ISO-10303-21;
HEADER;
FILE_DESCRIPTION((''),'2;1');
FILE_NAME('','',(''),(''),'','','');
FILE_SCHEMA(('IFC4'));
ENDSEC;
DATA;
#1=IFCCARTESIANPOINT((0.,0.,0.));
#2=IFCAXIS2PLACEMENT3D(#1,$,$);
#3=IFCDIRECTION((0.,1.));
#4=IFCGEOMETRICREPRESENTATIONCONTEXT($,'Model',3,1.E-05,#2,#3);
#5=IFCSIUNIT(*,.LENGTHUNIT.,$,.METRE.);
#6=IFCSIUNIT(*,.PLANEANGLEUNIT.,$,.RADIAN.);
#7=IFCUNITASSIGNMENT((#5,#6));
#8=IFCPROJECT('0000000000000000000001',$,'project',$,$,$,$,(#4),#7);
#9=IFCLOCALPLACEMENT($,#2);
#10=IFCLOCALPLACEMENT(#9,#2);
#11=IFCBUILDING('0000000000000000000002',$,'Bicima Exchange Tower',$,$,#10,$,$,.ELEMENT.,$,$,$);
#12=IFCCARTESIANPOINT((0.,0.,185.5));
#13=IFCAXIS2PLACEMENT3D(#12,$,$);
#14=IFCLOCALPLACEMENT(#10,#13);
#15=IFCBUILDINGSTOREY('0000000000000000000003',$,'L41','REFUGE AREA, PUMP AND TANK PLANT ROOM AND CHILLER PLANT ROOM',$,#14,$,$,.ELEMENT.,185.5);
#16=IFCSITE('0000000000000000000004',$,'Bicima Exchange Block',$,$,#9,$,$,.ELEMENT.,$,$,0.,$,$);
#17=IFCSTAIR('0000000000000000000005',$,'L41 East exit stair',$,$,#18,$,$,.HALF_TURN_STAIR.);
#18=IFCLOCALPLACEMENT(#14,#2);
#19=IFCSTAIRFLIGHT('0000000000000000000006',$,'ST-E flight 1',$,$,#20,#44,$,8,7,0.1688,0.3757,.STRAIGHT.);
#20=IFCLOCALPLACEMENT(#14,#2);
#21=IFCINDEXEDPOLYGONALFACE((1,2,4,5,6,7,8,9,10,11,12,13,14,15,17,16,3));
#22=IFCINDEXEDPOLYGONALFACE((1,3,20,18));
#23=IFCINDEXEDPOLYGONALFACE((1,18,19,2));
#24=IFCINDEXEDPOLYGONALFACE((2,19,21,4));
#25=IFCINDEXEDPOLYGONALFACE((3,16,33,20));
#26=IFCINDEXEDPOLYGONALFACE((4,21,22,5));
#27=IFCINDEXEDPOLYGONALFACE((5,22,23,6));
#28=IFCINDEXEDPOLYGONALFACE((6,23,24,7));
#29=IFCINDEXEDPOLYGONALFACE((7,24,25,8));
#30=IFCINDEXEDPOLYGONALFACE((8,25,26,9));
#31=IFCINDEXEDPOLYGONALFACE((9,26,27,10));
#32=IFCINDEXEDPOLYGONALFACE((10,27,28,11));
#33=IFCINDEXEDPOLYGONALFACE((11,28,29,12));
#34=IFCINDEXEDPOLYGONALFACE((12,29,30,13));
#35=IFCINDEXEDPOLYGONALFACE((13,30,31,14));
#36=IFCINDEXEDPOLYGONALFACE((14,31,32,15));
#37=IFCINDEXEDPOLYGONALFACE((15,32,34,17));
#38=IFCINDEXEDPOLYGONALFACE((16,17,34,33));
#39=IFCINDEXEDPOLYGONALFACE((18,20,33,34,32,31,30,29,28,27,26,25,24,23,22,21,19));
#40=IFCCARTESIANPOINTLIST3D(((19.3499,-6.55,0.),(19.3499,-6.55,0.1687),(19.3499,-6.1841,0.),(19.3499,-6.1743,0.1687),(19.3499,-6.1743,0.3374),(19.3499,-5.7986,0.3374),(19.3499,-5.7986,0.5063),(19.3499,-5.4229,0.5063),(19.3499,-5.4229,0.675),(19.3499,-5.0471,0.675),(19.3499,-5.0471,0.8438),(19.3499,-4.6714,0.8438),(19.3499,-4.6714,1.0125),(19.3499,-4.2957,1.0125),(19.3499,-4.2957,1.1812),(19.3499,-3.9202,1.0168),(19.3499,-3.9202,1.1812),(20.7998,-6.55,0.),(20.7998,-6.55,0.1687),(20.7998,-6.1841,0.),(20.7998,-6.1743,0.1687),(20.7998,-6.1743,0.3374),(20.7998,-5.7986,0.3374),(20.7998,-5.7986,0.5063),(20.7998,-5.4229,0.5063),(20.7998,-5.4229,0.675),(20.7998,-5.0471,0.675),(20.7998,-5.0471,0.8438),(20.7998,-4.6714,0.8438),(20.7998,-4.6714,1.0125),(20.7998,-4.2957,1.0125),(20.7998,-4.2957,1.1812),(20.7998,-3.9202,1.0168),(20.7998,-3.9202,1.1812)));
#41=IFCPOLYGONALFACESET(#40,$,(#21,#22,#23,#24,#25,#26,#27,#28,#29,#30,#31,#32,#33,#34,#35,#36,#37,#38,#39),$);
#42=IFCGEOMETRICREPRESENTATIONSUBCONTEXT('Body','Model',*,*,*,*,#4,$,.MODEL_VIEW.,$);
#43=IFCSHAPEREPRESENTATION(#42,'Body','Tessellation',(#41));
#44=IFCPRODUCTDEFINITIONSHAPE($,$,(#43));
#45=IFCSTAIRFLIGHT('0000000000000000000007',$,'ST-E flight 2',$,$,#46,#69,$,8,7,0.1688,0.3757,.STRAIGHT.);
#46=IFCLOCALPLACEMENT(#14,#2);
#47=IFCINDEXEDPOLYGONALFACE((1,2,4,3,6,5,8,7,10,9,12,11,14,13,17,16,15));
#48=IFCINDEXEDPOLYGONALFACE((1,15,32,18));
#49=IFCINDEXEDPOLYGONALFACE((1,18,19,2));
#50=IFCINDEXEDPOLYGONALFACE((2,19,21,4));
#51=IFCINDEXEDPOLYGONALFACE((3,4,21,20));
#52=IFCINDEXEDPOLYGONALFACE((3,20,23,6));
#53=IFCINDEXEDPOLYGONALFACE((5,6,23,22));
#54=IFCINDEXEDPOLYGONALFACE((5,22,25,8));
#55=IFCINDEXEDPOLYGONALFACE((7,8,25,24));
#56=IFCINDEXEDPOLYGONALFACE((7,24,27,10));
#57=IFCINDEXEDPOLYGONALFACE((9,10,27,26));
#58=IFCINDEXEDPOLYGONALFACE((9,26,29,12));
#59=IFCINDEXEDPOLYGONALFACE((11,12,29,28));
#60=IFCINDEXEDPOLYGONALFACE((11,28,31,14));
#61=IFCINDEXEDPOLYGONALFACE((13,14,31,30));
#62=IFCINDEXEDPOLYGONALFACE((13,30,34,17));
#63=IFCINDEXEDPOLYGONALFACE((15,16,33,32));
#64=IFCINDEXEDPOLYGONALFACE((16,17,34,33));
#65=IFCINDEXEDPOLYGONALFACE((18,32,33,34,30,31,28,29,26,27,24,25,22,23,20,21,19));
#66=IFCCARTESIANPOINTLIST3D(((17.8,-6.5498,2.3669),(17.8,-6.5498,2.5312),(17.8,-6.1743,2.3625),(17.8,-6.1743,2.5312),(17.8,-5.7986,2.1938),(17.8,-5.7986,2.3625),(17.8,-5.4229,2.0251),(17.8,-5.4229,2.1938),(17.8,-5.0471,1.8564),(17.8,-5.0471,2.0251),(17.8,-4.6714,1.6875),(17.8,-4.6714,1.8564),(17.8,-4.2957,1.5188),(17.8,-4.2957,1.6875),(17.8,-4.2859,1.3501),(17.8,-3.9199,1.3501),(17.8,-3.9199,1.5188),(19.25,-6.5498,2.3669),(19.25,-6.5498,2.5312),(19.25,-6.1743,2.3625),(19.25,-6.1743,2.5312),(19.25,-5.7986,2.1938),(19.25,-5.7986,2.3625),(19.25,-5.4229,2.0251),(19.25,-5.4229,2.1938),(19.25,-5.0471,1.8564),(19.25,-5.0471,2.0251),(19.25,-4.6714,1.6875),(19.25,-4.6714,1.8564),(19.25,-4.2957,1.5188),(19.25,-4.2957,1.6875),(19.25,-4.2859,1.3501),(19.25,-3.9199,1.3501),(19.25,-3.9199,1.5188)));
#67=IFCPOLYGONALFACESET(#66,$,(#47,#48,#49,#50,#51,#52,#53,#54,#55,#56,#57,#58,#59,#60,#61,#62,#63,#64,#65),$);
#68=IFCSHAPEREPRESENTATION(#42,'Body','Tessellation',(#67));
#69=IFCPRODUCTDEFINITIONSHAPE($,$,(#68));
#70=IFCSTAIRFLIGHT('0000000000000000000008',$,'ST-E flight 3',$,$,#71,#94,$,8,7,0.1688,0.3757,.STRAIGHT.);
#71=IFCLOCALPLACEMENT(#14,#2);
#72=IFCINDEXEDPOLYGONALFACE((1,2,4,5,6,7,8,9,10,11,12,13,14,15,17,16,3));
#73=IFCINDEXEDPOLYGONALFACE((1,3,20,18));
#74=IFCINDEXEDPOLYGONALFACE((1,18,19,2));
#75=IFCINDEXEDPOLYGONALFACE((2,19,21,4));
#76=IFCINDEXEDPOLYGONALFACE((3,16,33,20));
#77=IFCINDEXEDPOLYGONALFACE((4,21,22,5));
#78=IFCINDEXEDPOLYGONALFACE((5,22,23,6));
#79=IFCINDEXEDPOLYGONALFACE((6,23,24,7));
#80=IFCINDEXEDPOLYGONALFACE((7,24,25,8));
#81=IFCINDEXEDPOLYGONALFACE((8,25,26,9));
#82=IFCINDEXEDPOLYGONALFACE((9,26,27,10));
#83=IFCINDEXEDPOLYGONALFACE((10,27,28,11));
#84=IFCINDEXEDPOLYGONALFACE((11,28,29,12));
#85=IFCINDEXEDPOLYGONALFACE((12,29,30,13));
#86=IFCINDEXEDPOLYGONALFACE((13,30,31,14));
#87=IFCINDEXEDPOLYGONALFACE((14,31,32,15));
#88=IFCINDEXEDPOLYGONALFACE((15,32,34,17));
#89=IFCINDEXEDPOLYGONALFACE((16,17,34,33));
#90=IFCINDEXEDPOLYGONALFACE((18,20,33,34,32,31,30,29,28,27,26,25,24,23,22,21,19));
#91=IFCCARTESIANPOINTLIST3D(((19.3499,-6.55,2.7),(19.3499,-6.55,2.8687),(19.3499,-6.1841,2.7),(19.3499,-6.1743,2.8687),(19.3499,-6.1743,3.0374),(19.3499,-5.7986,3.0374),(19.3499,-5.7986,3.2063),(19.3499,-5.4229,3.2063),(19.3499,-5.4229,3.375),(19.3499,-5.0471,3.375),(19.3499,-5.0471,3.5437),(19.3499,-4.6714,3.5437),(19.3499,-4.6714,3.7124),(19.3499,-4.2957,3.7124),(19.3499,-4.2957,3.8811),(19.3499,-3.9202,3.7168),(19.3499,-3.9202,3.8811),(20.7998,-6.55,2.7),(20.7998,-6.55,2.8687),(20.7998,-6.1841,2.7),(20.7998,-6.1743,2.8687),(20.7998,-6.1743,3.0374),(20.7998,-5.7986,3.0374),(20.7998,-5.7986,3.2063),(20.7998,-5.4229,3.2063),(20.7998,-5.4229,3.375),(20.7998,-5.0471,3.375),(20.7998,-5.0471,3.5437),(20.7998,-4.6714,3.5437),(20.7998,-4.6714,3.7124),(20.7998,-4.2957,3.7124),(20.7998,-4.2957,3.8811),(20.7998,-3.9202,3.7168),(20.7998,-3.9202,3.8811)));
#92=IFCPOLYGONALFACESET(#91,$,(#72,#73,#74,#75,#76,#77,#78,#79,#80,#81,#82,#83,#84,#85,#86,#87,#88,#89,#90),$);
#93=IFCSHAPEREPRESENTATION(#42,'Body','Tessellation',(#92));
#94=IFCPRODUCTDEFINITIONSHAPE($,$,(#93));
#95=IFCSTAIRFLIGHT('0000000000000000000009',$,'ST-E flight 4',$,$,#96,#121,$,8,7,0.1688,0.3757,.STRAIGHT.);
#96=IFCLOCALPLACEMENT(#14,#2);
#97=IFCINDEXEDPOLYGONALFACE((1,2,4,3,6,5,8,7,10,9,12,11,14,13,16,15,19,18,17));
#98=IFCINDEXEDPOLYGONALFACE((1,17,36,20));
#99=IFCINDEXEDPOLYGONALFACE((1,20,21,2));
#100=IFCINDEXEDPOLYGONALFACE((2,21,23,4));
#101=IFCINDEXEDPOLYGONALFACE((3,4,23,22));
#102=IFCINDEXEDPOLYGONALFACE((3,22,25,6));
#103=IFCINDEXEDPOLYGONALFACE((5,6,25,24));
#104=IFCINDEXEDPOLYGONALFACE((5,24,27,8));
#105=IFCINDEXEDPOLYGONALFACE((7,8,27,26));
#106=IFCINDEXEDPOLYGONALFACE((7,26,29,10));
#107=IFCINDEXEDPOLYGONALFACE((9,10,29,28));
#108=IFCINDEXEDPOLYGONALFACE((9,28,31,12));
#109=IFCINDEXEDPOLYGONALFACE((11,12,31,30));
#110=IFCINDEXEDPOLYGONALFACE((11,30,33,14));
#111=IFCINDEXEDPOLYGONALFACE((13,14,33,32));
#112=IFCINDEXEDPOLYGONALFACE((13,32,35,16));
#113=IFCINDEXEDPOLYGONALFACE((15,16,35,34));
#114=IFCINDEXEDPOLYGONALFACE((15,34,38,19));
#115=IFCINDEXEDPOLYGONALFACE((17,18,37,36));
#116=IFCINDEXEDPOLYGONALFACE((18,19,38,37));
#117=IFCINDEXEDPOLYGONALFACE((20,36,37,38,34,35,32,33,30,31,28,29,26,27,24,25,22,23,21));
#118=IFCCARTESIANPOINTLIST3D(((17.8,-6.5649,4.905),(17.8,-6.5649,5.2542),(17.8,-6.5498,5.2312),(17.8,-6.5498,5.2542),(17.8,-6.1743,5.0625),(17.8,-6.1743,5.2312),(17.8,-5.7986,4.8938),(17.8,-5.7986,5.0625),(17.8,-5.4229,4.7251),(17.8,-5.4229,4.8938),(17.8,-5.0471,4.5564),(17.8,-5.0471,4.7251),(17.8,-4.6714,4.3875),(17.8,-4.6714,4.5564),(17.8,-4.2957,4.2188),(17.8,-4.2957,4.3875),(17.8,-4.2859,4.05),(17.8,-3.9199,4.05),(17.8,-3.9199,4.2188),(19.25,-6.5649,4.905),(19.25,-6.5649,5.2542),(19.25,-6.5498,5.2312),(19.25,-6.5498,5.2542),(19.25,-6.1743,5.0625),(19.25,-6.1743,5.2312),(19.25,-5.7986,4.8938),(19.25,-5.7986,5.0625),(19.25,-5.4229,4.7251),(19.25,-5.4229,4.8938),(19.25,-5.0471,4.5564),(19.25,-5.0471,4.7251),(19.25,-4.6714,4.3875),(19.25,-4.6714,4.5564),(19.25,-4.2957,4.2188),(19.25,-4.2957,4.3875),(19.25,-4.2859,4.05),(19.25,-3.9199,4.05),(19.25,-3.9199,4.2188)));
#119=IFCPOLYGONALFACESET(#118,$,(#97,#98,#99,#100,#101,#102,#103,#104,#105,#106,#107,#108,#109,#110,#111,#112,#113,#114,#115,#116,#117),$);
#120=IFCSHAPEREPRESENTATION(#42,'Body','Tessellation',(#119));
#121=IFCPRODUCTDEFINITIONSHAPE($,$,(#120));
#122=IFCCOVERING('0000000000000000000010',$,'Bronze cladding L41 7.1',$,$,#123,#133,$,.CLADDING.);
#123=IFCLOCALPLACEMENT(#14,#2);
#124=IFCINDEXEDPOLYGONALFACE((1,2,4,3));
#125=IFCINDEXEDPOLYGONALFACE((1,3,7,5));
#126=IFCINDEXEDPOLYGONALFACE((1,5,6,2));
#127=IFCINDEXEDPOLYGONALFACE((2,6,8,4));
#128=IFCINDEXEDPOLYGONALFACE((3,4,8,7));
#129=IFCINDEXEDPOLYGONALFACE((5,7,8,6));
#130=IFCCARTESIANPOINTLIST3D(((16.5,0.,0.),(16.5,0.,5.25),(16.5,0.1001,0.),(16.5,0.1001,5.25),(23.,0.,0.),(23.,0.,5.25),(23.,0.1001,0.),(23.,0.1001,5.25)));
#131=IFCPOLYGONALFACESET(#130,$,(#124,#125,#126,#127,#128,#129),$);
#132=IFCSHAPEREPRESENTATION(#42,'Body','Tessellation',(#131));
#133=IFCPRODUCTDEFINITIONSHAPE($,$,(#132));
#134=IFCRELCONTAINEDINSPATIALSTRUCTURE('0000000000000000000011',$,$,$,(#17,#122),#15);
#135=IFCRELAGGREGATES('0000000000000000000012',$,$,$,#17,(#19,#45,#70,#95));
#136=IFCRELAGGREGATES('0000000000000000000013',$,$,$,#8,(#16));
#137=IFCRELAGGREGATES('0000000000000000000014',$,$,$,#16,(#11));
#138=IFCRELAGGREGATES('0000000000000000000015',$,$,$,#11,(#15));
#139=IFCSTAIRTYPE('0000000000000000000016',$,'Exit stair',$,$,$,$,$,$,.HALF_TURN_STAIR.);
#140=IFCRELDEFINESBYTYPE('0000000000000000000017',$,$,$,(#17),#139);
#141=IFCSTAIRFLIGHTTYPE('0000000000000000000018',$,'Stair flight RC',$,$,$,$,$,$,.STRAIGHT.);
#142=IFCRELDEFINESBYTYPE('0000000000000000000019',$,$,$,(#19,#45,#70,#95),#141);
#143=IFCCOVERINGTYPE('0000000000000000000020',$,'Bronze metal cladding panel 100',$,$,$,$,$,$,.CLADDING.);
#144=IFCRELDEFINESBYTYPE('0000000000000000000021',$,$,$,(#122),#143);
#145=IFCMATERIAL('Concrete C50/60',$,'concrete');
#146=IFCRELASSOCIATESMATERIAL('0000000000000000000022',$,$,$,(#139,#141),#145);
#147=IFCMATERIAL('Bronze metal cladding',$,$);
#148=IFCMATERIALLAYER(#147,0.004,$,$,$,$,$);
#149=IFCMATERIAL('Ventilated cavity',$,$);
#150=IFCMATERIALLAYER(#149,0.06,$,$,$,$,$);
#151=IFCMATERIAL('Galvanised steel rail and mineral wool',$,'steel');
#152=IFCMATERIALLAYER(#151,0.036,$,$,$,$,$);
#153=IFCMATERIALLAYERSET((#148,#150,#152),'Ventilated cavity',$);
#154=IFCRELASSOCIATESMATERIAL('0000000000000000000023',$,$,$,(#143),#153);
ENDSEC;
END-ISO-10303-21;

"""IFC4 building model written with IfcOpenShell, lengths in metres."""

from ifc_helpers import new_model, si_unit, direction, frame, origin, origin_2d, place, context, subcontext, project, spatial, polyline, rectangle, outline, extrude, material, layer, layer_set, type_object, element, aggregate, save


model = new_model("IFC4")

# Units and contexts
model_context = context("Model", 3, precision=1e-05, world=origin(), true_north=direction((0.0, 1.0)))
body_context = subcontext(model_context, "Body", "Model", "MODEL_VIEW")
ifc_project = project(units=[si_unit("LENGTHUNIT", "METRE"), si_unit("PLANEANGLEUNIT", "RADIAN")], contexts=[model_context])

# Site, building, storey
site_placement = place(None, origin())
site = spatial("IfcSite", under=ifc_project, at=site_placement, Name="Bicima Exchange Block", CompositionType="ELEMENT", RefElevation=0.0)
building_placement = place(site_placement, origin())
building = spatial("IfcBuilding", under=site, at=building_placement, Name="Bicima Exchange Tower", CompositionType="ELEMENT")
storey_placement = place(building_placement, frame((0.0, 0.0, 185.5)))
storey = spatial("IfcBuildingStorey", under=building, at=storey_placement, Name="L41", Description="REFUGE AREA, PUMP AND TANK PLANT ROOM AND CHILLER PLANT ROOM", CompositionType="ELEMENT", Elevation=185.5)

# Shared definitions
ifc_material_1 = material(Name="Concrete C50/60", Category="concrete")

# Stair, stair flights
stair_type = type_object("IfcStairType", Name="Exit stair", PredefinedType="HALF_TURN_STAIR", material=ifc_material_1)
stair_placement = place(storey_placement, origin())
stair = element("IfcStair", 1, at=stair_placement, inside=storey, type_object=stair_type, Name="L41 East exit stair", PredefinedType="HALF_TURN_STAIR")
stair_flight_type = type_object("IfcStairFlightType", Name="Stair flight RC", PredefinedType="STRAIGHT", material=ifc_material_1)
stair_flight_1_placement = place(storey_placement, frame((20.075, -6.55, 0.0), z_axis=(0.0, 0.0, 1.0), x_axis=(0.0, 1.0, 0.0)))
stair_flight_1 = element("IfcStairFlight", 2, at=stair_flight_1_placement, type_object=stair_flight_type, Name="ST-E flight 1", NumberOfRisers=8, NumberOfTreads=7, PredefinedType="STRAIGHT", RiserHeight=0.1688, TreadLength=0.3757, context=body_context, shape_type="SweptSolid", body=[
    extrude(outline(polyline([(0.0, 0.0), (0.0, 0.1687), (0.3757, 0.1687), (0.3757, 0.3374), (0.7515, 0.3374), (0.7515, 0.5063), (1.1272, 0.5063), (1.1272, 0.675), (1.5029, 0.675), (1.5029, 0.8438), (1.8787, 0.8438), (1.8787, 1.0125), (2.2544, 1.0125), (2.2544, 1.1812), (2.6299, 1.1812), (2.6299, 1.3501), (2.6299, 1.0168), (0.366, 0.0), (0.0, 0.0)])), frame((0.0, 0.7251, 0.0), z_axis=(0.0, -1.0, 0.0), x_axis=(1.0, 0.0, 0.0)), (0.0, 0.0, 1.0), 1.45),
])
stair_flight_2_placement = place(storey_placement, frame((18.5249, -3.9199, 1.3501), z_axis=(0.0, 0.0, 1.0), x_axis=(0.0, -1.0, 0.0)))
stair_flight_2 = element("IfcStairFlight", 3, at=stair_flight_2_placement, type_object=stair_flight_type, Name="ST-E flight 2", NumberOfRisers=8, NumberOfTreads=7, PredefinedType="STRAIGHT", RiserHeight=0.1688, TreadLength=0.3757, context=body_context, shape_type="SweptSolid", body=[
    extrude(outline(polyline([(0.0, 0.0), (0.0, 0.1687), (0.3757, 0.1687), (0.3757, 0.3374), (0.7515, 0.3374), (0.7515, 0.5063), (1.1272, 0.5063), (1.1272, 0.675), (1.5029, 0.675), (1.5029, 0.8438), (1.8787, 0.8438), (1.8787, 1.0125), (2.2544, 1.0125), (2.2544, 1.1812), (2.6299, 1.1812), (2.6299, 1.3501), (2.6299, 1.0168), (0.366, 0.0), (0.0, 0.0)])), frame((0.0, 0.7251, 0.0), z_axis=(0.0, -1.0, 0.0), x_axis=(1.0, 0.0, 0.0)), (0.0, 0.0, 1.0), 1.45),
])
stair_flight_3_placement = place(storey_placement, frame((20.075, -6.55, 2.7), z_axis=(0.0, 0.0, 1.0), x_axis=(0.0, 1.0, 0.0)))
stair_flight_3 = element("IfcStairFlight", 4, at=stair_flight_3_placement, type_object=stair_flight_type, Name="ST-E flight 3", NumberOfRisers=8, NumberOfTreads=7, PredefinedType="STRAIGHT", RiserHeight=0.1688, TreadLength=0.3757, context=body_context, shape_type="SweptSolid", body=[
    extrude(outline(polyline([(0.0, 0.0), (0.0, 0.1687), (0.3757, 0.1687), (0.3757, 0.3374), (0.7515, 0.3374), (0.7515, 0.5063), (1.1272, 0.5063), (1.1272, 0.675), (1.5029, 0.675), (1.5029, 0.8438), (1.8787, 0.8438), (1.8787, 1.0125), (2.2544, 1.0125), (2.2544, 1.1812), (2.6299, 1.1812), (2.6299, 1.3501), (2.6299, 1.0168), (0.366, 0.0), (0.0, 0.0)])), frame((0.0, 0.7251, 0.0), z_axis=(0.0, -1.0, 0.0), x_axis=(1.0, 0.0, 0.0)), (0.0, 0.0, 1.0), 1.45),
])
stair_flight_4_placement = place(storey_placement, frame((18.5249, -3.9199, 4.05), z_axis=(0.0, 0.0, 1.0), x_axis=(0.0, -1.0, 0.0)))
stair_flight_4 = element("IfcStairFlight", 5, at=stair_flight_4_placement, type_object=stair_flight_type, Name="ST-E flight 4", NumberOfRisers=8, NumberOfTreads=7, PredefinedType="STRAIGHT", RiserHeight=0.1688, TreadLength=0.3757, context=body_context, shape_type="SweptSolid", body=[
    extrude(outline(polyline([(0.0, 0.0), (0.0, 0.1687), (0.3757, 0.1687), (0.3757, 0.3374), (0.7515, 0.3374), (0.7515, 0.5063), (1.1272, 0.5063), (1.1272, 0.675), (1.5029, 0.675), (1.5029, 0.8438), (1.8787, 0.8438), (1.8787, 1.0125), (2.2544, 1.0125), (2.2544, 1.1812), (2.6299, 1.1812), (2.6299, 1.2041), (2.645, 1.2041), (2.645, 0.855), (0.366, 0.0), (0.0, 0.0)])), frame((0.0, 0.7251, 0.0), z_axis=(0.0, -1.0, 0.0), x_axis=(1.0, 0.0, 0.0)), (0.0, 0.0, 1.0), 1.45),
])
aggregate(stair, [stair_flight_1, stair_flight_2, stair_flight_3, stair_flight_4])

# Covering
ifc_material_2 = material(Name="Bronze metal cladding")
ifc_layer_1 = layer(ifc_material_2, 0.004)
ifc_material_3 = material(Name="Ventilated cavity")
ifc_layer_2 = layer(ifc_material_3, 0.06)
ifc_material_4 = material(Name="Galvanised steel rail and mineral wool", Category="steel")
ifc_layer_3 = layer(ifc_material_4, 0.036)
ifc_layer_set_1 = layer_set([ifc_layer_1, ifc_layer_2, ifc_layer_3], Name="Ventilated cavity")
covering_type = type_object("IfcCoveringType", Name="Bronze metal cladding panel 100", PredefinedType="CLADDING", material=ifc_layer_set_1)
covering_placement = place(storey_placement, frame((19.75, 0.05, 0.0), z_axis=(0.0, 0.0, 1.0), x_axis=(-1.0, 0.0, 0.0)))
element("IfcCovering", 6, at=covering_placement, inside=storey, type_object=covering_type, Name="Bronze cladding L41 7.1", PredefinedType="CLADDING", context=body_context, shape_type="SweptSolid", body=[
    extrude(rectangle(XDim=6.5, YDim=0.1001, at=origin_2d()), origin(), (0.0, 0.0, 1.0), 5.25),
])

save(model, "model.ifc")
